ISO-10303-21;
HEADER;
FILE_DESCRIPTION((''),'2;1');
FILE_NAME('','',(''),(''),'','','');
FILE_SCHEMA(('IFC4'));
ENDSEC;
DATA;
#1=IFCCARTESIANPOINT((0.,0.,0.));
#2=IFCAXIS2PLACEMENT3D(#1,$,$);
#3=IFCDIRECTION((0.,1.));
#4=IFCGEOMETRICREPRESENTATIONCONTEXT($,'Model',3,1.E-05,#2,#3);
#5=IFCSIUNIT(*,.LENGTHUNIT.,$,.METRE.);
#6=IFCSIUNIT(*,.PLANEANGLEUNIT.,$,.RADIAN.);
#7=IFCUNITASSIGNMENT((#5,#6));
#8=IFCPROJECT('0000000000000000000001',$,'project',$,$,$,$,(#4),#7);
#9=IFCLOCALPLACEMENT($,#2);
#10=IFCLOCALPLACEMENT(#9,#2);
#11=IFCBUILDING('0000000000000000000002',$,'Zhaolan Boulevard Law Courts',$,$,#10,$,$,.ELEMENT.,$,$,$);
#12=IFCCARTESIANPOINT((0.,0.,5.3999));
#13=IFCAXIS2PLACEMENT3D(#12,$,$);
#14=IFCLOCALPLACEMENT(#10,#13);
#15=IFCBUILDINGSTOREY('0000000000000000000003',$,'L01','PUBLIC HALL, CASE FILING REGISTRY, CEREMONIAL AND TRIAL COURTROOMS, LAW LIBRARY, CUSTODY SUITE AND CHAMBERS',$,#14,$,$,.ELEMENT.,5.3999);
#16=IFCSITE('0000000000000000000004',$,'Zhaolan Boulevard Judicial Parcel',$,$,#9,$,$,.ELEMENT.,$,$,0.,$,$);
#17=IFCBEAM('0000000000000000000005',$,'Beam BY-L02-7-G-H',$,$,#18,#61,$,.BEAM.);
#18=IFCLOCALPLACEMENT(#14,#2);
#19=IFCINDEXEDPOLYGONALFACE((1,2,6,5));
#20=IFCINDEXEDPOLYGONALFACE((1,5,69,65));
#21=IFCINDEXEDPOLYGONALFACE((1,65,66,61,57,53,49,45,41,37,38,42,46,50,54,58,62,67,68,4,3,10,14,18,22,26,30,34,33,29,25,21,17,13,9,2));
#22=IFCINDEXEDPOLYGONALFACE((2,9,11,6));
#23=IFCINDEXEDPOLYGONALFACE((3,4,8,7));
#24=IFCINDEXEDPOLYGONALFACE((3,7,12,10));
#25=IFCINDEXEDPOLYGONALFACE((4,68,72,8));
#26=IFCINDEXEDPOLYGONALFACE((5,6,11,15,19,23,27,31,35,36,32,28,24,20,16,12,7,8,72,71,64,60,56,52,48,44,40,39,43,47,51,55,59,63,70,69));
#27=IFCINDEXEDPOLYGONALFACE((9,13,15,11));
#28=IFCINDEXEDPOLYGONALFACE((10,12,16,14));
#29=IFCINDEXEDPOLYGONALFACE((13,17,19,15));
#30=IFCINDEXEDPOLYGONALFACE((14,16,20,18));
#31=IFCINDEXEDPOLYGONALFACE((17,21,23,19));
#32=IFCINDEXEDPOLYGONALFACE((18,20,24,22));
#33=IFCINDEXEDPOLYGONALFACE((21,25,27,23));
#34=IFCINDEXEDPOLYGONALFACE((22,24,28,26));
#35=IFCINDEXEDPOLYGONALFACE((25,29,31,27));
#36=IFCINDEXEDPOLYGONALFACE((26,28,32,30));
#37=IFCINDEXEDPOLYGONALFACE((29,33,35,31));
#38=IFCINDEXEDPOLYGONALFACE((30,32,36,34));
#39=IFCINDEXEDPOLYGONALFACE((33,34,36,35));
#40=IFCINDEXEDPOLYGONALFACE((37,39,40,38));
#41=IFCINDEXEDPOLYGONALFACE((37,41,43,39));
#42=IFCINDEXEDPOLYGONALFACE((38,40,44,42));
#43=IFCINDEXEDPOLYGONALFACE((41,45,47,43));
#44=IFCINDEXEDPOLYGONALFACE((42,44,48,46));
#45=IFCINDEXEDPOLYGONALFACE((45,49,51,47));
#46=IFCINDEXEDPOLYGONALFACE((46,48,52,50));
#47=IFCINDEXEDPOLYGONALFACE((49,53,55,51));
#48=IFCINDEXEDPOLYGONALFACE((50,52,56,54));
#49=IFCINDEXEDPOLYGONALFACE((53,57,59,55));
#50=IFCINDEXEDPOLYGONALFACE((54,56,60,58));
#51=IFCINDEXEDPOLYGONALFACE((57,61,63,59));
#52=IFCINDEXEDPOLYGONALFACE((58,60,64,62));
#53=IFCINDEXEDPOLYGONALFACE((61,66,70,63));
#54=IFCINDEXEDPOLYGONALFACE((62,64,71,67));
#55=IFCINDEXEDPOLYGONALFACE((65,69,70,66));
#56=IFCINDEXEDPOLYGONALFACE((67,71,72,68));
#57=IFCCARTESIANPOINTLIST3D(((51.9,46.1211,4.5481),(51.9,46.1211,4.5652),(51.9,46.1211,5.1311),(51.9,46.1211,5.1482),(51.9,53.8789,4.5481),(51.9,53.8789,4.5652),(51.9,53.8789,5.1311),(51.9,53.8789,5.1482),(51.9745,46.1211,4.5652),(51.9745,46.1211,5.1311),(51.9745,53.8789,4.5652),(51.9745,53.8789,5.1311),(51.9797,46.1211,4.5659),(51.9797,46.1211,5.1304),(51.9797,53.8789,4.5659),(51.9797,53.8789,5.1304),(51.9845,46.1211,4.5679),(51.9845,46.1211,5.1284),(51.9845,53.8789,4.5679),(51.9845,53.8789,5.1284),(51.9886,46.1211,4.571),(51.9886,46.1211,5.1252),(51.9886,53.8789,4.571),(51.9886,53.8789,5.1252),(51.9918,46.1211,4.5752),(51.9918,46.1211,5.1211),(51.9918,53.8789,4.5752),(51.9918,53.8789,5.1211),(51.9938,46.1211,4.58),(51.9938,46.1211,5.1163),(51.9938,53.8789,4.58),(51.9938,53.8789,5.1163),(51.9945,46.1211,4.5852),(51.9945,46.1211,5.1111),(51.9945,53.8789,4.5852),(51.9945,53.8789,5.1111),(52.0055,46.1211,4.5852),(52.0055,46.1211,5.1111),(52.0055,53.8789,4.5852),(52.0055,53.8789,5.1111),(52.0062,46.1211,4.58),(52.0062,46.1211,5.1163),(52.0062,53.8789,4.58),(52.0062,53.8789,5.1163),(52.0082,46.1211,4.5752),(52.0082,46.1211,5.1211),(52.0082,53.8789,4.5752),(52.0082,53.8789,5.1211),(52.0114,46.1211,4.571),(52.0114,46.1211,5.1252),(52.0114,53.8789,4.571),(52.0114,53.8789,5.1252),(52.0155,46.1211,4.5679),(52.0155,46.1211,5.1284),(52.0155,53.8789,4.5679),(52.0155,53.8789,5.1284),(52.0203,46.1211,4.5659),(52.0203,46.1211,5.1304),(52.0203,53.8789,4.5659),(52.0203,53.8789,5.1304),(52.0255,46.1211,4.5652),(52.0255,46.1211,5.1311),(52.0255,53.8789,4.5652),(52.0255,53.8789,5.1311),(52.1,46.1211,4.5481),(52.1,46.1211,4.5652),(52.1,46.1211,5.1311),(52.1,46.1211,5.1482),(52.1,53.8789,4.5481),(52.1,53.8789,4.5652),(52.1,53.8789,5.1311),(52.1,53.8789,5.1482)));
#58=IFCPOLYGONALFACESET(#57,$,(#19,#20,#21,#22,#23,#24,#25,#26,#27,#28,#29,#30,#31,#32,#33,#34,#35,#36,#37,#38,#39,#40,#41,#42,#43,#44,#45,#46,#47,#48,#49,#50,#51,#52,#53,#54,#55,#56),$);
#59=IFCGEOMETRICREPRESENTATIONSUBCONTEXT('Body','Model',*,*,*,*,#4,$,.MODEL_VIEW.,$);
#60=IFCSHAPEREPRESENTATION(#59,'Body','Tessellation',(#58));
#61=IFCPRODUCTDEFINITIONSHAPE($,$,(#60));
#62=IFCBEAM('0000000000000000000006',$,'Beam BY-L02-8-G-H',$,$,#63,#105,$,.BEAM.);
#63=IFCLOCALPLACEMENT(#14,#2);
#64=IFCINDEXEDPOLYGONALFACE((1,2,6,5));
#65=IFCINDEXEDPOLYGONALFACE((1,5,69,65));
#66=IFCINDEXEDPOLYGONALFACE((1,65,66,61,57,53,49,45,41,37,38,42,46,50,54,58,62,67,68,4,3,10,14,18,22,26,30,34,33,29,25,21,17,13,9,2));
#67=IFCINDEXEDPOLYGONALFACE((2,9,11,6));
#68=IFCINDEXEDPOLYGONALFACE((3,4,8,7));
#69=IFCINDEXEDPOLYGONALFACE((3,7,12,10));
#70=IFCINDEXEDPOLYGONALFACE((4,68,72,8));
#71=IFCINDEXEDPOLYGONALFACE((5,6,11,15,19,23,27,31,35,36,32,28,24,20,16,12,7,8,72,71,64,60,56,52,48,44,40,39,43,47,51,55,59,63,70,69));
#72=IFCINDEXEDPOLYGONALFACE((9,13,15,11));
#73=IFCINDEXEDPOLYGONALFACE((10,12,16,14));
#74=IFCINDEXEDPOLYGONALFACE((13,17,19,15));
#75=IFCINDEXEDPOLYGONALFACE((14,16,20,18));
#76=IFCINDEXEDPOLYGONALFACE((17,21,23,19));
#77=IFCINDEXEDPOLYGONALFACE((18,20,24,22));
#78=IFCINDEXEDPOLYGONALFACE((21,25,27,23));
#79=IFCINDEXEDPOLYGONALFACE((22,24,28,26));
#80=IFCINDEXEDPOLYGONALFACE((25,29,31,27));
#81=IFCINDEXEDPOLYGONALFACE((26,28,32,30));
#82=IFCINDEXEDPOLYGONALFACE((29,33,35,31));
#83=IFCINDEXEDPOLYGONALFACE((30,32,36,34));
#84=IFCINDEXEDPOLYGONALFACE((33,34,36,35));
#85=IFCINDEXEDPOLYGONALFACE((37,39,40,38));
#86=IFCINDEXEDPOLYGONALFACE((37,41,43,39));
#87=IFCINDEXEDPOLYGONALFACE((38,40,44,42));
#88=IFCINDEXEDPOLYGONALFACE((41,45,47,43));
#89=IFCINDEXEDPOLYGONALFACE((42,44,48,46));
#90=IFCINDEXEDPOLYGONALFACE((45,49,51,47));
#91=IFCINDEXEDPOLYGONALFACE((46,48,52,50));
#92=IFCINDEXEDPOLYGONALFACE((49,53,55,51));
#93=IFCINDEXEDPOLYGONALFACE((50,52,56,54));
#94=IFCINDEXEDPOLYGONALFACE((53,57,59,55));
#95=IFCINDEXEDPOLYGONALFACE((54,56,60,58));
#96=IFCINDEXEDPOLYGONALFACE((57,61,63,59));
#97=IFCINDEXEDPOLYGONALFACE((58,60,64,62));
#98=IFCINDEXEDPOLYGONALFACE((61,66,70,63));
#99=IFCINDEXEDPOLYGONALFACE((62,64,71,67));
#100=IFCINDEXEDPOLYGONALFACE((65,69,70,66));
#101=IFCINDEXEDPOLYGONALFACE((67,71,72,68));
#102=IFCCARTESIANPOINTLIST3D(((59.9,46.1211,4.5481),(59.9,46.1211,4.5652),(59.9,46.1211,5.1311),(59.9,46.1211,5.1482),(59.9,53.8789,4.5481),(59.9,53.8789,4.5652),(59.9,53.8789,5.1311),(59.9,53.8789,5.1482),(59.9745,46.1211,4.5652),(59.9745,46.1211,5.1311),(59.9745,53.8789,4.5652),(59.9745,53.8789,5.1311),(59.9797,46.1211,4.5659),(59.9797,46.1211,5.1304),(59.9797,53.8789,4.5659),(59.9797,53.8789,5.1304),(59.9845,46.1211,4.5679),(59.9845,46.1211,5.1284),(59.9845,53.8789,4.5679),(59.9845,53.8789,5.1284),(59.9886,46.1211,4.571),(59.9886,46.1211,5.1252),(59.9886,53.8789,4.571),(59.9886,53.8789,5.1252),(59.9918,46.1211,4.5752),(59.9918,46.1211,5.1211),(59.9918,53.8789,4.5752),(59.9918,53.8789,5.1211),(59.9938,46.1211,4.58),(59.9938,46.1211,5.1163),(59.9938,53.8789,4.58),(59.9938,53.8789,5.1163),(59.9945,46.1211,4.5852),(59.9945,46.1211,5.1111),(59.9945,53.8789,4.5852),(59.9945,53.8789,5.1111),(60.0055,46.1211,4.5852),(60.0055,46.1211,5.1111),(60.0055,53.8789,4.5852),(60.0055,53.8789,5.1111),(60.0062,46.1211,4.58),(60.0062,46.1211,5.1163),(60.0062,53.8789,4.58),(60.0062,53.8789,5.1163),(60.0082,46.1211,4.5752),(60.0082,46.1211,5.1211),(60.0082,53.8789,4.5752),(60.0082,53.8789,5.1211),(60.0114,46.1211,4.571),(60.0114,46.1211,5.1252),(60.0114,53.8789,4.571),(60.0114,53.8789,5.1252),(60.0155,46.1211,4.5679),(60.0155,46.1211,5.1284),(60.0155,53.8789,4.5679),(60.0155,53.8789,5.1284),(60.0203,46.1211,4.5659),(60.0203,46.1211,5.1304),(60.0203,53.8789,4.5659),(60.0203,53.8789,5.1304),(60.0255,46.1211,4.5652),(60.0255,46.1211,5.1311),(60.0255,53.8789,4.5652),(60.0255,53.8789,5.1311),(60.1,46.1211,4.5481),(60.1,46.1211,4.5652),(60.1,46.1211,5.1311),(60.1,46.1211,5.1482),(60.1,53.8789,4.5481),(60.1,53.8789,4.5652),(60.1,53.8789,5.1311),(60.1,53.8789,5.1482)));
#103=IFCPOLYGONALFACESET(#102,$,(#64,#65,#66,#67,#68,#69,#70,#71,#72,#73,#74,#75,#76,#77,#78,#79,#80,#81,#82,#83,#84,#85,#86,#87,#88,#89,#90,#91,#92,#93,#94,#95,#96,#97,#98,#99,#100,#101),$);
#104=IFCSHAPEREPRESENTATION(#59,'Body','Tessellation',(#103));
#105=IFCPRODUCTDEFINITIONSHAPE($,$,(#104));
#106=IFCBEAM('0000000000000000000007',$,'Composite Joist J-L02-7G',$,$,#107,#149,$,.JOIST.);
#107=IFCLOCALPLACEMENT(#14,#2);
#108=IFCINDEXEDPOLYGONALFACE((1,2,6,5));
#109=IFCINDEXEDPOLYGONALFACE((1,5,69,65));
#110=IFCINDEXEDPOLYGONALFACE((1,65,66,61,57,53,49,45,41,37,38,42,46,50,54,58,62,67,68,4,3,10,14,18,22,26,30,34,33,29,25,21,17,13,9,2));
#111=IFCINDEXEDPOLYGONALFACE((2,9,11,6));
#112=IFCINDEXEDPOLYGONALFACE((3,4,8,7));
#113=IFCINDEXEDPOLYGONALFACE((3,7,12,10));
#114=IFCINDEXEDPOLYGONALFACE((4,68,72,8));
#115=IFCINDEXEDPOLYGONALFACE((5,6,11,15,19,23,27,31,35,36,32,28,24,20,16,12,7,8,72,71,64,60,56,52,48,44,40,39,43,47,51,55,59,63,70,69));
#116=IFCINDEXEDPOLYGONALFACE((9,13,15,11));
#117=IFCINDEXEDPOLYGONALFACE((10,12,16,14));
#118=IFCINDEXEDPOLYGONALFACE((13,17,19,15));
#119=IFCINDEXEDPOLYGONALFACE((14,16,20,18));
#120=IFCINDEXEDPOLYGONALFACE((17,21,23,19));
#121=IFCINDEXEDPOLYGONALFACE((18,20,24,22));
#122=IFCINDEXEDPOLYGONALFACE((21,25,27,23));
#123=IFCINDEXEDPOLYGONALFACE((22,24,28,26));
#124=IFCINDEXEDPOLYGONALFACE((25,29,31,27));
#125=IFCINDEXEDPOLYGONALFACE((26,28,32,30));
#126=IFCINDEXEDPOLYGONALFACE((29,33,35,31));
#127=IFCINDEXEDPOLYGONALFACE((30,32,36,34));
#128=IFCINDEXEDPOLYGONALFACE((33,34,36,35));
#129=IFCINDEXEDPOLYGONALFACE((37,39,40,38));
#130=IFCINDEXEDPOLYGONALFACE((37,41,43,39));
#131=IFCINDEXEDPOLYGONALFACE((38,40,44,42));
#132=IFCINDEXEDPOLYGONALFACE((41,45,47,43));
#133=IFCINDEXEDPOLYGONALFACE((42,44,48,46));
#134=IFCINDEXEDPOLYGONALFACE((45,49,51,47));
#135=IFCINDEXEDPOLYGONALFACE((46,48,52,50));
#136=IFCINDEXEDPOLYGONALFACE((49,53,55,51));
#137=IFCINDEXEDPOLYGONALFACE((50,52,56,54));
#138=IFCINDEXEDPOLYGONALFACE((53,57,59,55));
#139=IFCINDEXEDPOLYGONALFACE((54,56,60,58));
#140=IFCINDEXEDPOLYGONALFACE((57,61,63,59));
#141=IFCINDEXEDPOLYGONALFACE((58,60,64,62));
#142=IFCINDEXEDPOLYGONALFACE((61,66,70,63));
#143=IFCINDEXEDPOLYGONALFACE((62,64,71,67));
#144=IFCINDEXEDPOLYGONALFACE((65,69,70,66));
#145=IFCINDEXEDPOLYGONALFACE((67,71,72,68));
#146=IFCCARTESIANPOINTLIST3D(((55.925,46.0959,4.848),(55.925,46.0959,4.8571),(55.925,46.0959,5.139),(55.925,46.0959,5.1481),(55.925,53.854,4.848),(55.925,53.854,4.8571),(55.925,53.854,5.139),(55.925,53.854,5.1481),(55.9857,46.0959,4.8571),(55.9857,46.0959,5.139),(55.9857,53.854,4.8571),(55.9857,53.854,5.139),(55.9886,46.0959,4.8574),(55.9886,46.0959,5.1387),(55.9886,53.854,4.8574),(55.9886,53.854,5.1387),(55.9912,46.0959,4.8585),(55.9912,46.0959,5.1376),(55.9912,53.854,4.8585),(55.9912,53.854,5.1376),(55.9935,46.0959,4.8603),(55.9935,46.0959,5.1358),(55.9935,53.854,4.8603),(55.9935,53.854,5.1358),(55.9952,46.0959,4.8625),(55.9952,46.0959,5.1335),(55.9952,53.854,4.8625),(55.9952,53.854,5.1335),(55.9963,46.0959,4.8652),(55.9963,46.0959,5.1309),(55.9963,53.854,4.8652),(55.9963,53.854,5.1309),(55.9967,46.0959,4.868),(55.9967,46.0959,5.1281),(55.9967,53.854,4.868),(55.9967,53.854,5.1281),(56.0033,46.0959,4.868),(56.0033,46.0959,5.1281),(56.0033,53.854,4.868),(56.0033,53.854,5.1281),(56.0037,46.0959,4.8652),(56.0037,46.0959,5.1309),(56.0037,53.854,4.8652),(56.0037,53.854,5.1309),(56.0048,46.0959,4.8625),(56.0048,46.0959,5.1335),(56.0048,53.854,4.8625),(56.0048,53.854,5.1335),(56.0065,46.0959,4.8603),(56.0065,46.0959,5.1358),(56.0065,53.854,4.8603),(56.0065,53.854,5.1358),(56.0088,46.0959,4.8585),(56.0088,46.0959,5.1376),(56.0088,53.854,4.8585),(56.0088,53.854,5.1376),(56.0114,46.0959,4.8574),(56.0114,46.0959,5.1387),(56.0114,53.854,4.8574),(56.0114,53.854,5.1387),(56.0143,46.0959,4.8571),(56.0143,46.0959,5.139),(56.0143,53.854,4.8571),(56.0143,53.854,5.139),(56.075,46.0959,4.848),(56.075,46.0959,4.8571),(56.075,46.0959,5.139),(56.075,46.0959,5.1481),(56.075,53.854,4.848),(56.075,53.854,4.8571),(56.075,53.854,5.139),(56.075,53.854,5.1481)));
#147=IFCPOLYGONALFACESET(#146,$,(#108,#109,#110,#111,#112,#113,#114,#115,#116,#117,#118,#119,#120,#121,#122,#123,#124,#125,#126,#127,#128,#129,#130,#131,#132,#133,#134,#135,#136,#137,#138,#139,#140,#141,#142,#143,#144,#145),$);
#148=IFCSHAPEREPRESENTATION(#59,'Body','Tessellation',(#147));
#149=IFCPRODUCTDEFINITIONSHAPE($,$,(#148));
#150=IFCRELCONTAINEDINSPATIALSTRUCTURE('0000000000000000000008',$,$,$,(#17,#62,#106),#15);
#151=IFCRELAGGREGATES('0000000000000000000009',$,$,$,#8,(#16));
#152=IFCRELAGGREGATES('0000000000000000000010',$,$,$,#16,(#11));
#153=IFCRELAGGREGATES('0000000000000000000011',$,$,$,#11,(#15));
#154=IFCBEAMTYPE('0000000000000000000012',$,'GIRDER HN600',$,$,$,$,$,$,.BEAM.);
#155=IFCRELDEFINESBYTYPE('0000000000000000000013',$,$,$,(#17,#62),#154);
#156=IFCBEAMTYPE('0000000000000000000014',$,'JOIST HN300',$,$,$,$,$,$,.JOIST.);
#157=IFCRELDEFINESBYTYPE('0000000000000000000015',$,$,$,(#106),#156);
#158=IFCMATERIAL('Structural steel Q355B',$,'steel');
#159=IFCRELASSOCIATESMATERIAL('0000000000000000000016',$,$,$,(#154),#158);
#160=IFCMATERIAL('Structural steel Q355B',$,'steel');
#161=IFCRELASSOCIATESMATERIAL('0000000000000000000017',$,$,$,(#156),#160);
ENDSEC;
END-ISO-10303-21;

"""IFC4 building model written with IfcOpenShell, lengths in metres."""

from ifc_helpers import new_model, si_unit, direction, frame, origin, origin_2d, place, context, subcontext, project, spatial, i_section, extrude, material, material_profile, profile_set, type_object, element, save


model = new_model("IFC4")

# Units and contexts
model_context = context("Model", 3, precision=1e-05, world=origin(), true_north=direction((0.0, 1.0)))
body_context = subcontext(model_context, "Body", "Model", "MODEL_VIEW")
ifc_project = project(units=[si_unit("LENGTHUNIT", "METRE"), si_unit("PLANEANGLEUNIT", "RADIAN")], contexts=[model_context])

# Site, building, storey
site_placement = place(None, origin())
site = spatial("IfcSite", under=ifc_project, at=site_placement, Name="Zhaolan Boulevard Judicial Parcel", CompositionType="ELEMENT", RefElevation=0.0)
building_placement = place(site_placement, origin())
building = spatial("IfcBuilding", under=site, at=building_placement, Name="Zhaolan Boulevard Law Courts", CompositionType="ELEMENT")
storey_placement = place(building_placement, frame((0.0, 0.0, 5.3999)))
storey = spatial("IfcBuildingStorey", under=building, at=storey_placement, Name="L01", Description="PUBLIC HALL, CASE FILING REGISTRY, CEREMONIAL AND TRIAL COURTROOMS, LAW LIBRARY, CUSTODY SUITE AND CHAMBERS", CompositionType="ELEMENT", Elevation=5.3999)

# Beams
ifc_material_1 = material(Name="Structural steel Q355B", Category="steel")
ifc_material_profile_1 = material_profile(ifc_material_1, i_section(OverallWidth=0.2, OverallDepth=0.6001, WebThickness=0.011, FlangeThickness=0.0171, FilletRadius=0.02, at=origin_2d()), Name="HN600x200")
ifc_profile_set_1 = profile_set([ifc_material_profile_1], Name="Structural steel Q355B")
beam_type_1 = type_object("IfcBeamType", Name="GIRDER HN600", PredefinedType="BEAM", material=ifc_profile_set_1)
for number, where, z_axis, x_axis, name in (
    (1, (52.0, 46.1211, 4.8481), (0.0, 1.0, 0.0), (-1.0, 0.0, 0.0), "Beam BY-L02-7-G-H"),
    (2, (60.0, 46.1211, 4.8481), (0.0, 1.0, 0.0), (-1.0, 0.0, 0.0), "Beam BY-L02-8-G-H"),
):
    element("IfcBeam", number, at=place(storey_placement, frame(where, z_axis=z_axis, x_axis=x_axis)), inside=storey, type_object=beam_type_1, Name=name, PredefinedType="BEAM", context=body_context, shape_type="SweptSolid", body=[
        extrude(i_section(OverallWidth=0.2, OverallDepth=0.6001, WebThickness=0.011, FlangeThickness=0.0171, FilletRadius=0.02, at=origin_2d()), origin(), (0.0, 0.0, 1.0), 7.7578),
    ])
ifc_material_2 = material(Name="Structural steel Q355B", Category="steel")
ifc_material_profile_2 = material_profile(ifc_material_2, i_section(OverallWidth=0.1499, OverallDepth=0.3, WebThickness=0.0066, FlangeThickness=0.009, FilletRadius=0.011, at=origin_2d()), Name="HN300x150")
ifc_profile_set_2 = profile_set([ifc_material_profile_2], Name="Structural steel Q355B")
beam_type_2 = type_object("IfcBeamType", Name="JOIST HN300", PredefinedType="JOIST", material=ifc_profile_set_2)
beam_1_placement = place(storey_placement, frame((56.0, 46.0959, 4.998), z_axis=(0.0, 1.0, 0.0), x_axis=(-1.0, 0.0, 0.0)))
element("IfcBeam", 3, at=beam_1_placement, inside=storey, type_object=beam_type_2, Name="Composite Joist J-L02-7G", PredefinedType="JOIST", context=body_context, shape_type="SweptSolid", body=[
    extrude(i_section(OverallWidth=0.1499, OverallDepth=0.3, WebThickness=0.0066, FlangeThickness=0.009, FilletRadius=0.011, at=origin_2d()), origin(), (0.0, 0.0, 1.0), 7.7581),
])

save(model, "model.ifc")
